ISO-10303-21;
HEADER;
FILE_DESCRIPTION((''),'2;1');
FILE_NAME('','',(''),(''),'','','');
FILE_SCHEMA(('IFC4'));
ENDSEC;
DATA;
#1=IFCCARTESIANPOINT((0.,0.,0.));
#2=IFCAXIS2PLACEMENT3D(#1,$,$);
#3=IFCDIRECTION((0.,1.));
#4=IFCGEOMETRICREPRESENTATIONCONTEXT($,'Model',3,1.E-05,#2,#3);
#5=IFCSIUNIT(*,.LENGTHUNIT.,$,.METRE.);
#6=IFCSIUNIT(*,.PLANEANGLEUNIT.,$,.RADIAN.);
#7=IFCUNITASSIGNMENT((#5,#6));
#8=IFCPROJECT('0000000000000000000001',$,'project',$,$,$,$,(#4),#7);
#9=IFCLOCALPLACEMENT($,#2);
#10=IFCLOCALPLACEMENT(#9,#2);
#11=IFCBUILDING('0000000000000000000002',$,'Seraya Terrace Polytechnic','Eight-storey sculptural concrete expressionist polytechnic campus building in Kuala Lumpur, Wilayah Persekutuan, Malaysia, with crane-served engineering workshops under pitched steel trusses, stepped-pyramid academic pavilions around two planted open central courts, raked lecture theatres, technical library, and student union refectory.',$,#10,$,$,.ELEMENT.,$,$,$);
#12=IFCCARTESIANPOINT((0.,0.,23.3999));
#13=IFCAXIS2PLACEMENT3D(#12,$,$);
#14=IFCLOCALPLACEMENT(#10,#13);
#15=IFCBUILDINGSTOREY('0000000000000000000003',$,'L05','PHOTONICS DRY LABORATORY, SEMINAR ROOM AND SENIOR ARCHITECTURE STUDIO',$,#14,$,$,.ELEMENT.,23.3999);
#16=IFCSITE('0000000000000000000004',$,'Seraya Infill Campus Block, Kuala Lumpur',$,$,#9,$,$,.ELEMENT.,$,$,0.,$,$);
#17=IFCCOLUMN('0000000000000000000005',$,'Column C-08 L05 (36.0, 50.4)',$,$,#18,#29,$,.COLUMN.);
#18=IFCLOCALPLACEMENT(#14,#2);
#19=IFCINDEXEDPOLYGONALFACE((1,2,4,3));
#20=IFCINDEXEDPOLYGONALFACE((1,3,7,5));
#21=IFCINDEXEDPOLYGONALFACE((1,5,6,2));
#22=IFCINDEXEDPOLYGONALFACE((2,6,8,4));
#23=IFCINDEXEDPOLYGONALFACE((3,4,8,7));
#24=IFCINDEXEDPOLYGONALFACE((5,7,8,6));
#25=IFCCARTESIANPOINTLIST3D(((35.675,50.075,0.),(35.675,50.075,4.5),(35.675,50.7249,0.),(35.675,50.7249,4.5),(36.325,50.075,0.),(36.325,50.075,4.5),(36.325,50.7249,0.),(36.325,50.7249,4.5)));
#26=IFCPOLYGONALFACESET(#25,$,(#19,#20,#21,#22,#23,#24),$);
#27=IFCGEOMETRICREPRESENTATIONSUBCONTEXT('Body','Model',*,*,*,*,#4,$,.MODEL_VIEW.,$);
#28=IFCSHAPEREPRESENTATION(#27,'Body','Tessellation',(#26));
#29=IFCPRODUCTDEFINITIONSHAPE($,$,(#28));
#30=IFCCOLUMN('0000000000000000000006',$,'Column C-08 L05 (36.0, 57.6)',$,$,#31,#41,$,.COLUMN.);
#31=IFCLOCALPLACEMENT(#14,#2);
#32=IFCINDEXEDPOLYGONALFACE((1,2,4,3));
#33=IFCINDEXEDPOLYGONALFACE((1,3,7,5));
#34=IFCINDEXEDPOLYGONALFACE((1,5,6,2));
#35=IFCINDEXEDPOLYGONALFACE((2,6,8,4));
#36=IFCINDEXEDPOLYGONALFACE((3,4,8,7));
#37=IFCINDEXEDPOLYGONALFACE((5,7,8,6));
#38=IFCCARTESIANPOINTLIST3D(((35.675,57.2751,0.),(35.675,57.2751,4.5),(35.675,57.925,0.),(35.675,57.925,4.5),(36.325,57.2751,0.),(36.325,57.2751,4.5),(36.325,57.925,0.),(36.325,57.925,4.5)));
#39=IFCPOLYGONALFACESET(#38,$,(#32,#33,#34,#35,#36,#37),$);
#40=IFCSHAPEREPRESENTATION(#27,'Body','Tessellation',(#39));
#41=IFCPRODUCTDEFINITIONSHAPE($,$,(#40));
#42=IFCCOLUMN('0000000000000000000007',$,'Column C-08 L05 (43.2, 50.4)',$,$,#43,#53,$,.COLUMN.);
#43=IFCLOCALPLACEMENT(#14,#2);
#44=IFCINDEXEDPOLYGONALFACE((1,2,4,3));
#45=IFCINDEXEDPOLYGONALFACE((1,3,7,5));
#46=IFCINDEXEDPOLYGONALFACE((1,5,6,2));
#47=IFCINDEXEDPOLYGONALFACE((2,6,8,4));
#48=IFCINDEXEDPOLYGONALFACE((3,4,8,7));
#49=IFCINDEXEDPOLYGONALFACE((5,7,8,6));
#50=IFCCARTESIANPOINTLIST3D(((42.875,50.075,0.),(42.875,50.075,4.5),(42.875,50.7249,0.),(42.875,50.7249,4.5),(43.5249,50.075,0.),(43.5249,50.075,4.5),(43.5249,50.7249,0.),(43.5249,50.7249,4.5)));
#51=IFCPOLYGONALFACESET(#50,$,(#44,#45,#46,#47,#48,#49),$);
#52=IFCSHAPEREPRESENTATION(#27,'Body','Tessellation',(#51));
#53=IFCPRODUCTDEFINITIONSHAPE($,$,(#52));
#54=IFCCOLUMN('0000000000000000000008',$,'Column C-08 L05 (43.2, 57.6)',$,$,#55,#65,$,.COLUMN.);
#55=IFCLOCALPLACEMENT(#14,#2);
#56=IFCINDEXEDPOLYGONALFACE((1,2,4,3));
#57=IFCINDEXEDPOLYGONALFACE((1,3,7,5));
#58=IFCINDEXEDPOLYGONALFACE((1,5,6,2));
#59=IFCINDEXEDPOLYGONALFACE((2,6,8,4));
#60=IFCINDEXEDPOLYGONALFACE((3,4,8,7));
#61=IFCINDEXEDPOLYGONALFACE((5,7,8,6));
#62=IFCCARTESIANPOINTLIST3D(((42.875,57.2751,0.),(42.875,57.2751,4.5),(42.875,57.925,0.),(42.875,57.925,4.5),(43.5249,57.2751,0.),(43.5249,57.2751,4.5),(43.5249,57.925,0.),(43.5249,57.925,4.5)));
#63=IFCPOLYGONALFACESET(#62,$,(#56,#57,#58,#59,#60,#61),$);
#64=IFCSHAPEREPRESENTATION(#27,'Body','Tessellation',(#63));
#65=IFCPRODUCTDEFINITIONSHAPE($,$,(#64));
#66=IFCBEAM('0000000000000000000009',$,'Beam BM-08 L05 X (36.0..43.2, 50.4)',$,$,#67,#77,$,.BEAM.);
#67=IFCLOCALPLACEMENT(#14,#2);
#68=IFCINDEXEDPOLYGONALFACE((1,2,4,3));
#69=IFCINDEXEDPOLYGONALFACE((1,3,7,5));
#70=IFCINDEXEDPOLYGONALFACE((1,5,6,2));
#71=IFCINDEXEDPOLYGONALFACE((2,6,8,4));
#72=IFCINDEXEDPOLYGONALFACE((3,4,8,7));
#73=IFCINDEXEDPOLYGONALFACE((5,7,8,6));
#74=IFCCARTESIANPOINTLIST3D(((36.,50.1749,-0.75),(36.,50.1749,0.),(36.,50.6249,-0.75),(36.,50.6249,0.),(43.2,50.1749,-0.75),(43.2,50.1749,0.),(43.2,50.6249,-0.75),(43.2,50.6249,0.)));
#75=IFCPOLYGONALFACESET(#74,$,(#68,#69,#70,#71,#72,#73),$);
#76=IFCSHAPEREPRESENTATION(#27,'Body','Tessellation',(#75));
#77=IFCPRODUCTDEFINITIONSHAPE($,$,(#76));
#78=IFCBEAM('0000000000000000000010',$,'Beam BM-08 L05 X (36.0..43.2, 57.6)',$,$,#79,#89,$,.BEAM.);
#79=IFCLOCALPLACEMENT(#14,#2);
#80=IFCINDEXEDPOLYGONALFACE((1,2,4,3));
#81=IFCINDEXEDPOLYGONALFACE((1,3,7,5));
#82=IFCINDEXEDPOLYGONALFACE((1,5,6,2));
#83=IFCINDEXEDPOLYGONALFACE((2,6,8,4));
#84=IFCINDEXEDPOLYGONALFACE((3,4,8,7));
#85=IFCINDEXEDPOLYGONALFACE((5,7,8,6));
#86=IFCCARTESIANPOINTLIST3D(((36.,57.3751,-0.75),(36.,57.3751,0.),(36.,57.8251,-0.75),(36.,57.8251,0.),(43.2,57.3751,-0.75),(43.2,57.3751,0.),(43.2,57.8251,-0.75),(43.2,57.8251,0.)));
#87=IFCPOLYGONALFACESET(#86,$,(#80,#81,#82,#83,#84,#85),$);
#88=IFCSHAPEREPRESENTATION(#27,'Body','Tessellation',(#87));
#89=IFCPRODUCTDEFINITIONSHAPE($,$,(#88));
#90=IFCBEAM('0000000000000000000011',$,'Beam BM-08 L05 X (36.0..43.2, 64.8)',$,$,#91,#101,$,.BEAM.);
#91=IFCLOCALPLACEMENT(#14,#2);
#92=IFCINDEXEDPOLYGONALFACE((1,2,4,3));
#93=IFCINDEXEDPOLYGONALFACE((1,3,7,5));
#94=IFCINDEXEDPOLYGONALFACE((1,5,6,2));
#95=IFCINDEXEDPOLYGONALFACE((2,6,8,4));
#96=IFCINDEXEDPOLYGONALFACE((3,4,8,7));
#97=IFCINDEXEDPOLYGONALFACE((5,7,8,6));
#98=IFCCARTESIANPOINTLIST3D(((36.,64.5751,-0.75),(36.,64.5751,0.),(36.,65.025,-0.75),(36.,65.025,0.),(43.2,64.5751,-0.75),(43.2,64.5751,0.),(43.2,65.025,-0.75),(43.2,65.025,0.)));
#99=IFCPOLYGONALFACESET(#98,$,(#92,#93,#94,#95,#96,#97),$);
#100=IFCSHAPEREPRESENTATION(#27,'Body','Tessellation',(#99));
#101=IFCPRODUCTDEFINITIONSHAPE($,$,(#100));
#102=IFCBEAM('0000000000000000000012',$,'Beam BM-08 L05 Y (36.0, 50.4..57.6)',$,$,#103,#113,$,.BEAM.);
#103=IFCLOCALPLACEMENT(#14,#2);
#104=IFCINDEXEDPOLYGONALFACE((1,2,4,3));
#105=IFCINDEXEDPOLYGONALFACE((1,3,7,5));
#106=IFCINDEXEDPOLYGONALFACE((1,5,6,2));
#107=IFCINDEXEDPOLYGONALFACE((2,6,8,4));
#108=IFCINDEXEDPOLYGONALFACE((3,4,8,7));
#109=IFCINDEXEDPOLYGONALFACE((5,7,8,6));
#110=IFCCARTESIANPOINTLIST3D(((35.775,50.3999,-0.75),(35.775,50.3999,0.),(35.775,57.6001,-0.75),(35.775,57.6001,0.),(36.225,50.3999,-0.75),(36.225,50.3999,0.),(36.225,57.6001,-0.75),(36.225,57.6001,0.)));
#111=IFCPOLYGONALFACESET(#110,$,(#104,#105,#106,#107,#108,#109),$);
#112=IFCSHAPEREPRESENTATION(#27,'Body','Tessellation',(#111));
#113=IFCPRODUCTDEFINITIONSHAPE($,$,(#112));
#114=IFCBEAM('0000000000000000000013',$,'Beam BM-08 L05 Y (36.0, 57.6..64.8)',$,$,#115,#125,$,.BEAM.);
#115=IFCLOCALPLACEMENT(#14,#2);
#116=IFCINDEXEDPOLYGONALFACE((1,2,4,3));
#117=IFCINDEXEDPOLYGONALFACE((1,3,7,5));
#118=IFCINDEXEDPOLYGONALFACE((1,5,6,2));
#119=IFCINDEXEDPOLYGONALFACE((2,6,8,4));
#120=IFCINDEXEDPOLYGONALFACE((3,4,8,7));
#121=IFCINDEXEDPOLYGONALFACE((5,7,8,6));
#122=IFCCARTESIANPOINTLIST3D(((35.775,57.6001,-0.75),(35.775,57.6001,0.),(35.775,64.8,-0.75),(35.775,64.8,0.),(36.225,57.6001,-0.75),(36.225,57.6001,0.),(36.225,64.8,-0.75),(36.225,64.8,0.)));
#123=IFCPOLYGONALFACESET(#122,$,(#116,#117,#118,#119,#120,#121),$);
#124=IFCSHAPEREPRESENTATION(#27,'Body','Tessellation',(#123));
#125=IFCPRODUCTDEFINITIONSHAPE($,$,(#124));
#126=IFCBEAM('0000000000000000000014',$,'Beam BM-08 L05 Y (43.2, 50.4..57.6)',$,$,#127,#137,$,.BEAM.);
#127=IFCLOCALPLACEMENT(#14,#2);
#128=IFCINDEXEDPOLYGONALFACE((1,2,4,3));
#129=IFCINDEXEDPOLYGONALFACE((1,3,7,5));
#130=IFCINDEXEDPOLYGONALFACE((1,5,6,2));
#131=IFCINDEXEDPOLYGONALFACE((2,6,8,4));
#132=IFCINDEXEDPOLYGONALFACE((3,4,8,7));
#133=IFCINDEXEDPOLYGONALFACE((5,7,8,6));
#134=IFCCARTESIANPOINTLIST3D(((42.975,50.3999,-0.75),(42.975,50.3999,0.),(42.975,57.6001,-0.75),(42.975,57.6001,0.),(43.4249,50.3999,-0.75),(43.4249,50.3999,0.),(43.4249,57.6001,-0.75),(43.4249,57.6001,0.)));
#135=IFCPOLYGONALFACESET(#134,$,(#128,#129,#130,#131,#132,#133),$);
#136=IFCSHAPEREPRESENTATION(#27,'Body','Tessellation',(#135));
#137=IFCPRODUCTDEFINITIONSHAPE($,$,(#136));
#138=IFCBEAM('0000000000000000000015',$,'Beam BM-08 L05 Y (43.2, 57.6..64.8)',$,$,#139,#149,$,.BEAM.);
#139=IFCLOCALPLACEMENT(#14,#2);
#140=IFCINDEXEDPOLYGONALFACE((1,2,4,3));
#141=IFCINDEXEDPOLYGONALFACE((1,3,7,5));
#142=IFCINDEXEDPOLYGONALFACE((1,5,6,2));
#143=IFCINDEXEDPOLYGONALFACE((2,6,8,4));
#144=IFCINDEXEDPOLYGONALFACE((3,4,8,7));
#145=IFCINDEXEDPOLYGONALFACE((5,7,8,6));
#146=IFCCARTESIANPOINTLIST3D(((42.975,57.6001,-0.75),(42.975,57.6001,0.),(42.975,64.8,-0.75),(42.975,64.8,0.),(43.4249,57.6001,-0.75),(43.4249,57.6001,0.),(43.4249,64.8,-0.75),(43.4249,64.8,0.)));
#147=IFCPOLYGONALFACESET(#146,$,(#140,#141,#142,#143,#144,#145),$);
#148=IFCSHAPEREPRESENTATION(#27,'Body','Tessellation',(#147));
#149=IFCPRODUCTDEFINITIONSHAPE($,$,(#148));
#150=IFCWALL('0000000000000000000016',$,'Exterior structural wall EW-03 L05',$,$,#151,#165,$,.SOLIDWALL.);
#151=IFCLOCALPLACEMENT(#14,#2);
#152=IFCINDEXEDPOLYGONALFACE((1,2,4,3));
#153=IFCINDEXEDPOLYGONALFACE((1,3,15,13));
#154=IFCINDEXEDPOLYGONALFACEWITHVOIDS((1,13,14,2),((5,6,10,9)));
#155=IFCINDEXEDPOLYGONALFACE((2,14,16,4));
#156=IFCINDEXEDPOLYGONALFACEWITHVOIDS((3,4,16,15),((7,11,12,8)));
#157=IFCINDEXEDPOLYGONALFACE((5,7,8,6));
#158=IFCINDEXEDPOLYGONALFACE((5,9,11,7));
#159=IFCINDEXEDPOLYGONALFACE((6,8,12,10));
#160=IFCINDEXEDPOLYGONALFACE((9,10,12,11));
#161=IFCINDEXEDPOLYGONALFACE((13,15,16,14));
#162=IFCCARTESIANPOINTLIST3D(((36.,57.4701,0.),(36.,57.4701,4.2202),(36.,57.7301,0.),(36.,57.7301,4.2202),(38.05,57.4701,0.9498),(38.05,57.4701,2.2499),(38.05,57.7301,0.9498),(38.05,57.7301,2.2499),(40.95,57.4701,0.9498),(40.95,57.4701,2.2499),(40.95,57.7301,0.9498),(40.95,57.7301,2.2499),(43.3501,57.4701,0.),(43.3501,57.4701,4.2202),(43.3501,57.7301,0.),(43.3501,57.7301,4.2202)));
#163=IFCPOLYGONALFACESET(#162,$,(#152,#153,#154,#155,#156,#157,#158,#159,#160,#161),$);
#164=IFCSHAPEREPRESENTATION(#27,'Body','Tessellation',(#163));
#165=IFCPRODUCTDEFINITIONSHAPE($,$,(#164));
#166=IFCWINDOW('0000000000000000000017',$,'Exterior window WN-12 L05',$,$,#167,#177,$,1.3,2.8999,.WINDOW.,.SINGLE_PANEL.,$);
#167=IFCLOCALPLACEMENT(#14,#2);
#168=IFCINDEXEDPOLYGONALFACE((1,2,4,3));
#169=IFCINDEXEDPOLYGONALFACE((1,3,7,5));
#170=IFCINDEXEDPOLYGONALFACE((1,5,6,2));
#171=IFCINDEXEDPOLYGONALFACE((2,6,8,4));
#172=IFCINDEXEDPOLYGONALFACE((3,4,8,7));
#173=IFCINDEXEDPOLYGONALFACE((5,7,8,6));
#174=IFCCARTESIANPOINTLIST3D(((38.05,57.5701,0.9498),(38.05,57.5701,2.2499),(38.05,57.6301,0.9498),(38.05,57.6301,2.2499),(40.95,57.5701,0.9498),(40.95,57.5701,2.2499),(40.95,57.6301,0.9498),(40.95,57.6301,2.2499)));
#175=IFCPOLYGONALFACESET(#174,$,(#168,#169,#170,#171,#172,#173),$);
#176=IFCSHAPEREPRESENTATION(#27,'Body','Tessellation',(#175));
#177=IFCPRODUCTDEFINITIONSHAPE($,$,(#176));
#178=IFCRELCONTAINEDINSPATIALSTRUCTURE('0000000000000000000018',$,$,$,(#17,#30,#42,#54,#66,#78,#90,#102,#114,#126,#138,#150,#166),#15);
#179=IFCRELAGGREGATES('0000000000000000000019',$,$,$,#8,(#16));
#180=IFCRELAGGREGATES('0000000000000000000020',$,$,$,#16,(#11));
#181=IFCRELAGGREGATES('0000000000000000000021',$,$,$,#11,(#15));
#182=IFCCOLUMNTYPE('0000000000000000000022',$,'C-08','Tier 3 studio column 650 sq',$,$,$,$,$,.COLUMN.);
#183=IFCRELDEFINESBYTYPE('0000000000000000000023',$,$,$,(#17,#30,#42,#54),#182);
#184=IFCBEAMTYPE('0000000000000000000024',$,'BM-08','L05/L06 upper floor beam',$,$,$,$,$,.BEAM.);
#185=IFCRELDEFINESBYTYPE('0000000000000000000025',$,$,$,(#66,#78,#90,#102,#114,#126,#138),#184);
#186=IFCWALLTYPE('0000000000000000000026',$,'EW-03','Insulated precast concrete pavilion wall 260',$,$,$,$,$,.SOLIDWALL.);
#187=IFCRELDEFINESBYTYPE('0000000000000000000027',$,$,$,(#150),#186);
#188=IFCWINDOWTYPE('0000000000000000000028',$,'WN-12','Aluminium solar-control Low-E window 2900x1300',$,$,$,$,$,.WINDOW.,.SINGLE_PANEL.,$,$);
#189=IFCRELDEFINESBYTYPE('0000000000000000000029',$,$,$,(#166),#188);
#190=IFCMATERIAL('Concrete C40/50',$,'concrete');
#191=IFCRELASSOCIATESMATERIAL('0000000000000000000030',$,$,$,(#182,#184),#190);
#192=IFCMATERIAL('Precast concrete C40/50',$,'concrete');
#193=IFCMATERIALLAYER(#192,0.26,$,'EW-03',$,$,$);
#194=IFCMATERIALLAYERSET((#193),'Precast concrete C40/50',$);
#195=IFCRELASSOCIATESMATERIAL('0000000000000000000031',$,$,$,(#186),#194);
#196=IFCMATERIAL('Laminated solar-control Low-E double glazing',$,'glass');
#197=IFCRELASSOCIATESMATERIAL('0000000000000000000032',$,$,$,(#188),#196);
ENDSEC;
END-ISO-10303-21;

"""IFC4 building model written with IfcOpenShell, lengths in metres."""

from ifc_helpers import new_model, si_unit, direction, frame, frame_2d, origin, origin_2d, place, context, subcontext, project, spatial, rectangle, extrude, material, layer, layer_set, material_profile, profile_set, type_object, element, fill, save


model = new_model("IFC4")

# Units and contexts
model_context = context("Model", 3, precision=1e-05, world=origin(), true_north=direction((0.0, 1.0)))
body_context = subcontext(model_context, "Body", "Model", "MODEL_VIEW")
ifc_project = project(units=[si_unit("LENGTHUNIT", "METRE"), si_unit("PLANEANGLEUNIT", "RADIAN")], contexts=[model_context])

# Site, building, storey
site_placement = place(None, origin())
site = spatial("IfcSite", under=ifc_project, at=site_placement, Name="Seraya Infill Campus Block, Kuala Lumpur", CompositionType="ELEMENT", RefElevation=0.0)
building_placement = place(site_placement, origin())
building = spatial("IfcBuilding", under=site, at=building_placement, Name="Seraya Terrace Polytechnic", Description="Eight-storey sculptural concrete expressionist polytechnic campus building in Kuala Lumpur, Wilayah Persekutuan, Malaysia, with crane-served engineering workshops under pitched steel trusses, stepped-pyramid academic pavilions around two planted open central courts, raked lecture theatres, technical library, and student union refectory.", CompositionType="ELEMENT")
storey_placement = place(building_placement, frame((0.0, 0.0, 23.3999)))
storey = spatial("IfcBuildingStorey", under=building, at=storey_placement, Name="L05", Description="PHOTONICS DRY LABORATORY, SEMINAR ROOM AND SENIOR ARCHITECTURE STUDIO", CompositionType="ELEMENT", Elevation=23.3999)

# Columns
ifc_material_1 = material(Name="Concrete C40/50", Category="concrete")
ifc_material_profile_1 = material_profile(ifc_material_1, rectangle(XDim=0.6499, YDim=0.6499, at=origin_2d()), Name="RC 650x650")
ifc_profile_set_1 = profile_set([ifc_material_profile_1], Name="Concrete C40/50")
column_type = type_object("IfcColumnType", Name="C-08", Description="Tier 3 studio column 650 sq", PredefinedType="COLUMN", material=ifc_profile_set_1)
for number, where, z_axis, x_axis, name in (
    (1, (36.0, 50.3999, 0.0), (0.0, 0.0, 1.0), (1.0, 0.0, 0.0), "Column C-08 L05 (36.0, 50.4)"),
    (2, (36.0, 57.6001, 0.0), (0.0, 0.0, 1.0), (1.0, 0.0, 0.0), "Column C-08 L05 (36.0, 57.6)"),
    (3, (43.2, 50.3999, 0.0), (0.0, 0.0, 1.0), (1.0, 0.0, 0.0), "Column C-08 L05 (43.2, 50.4)"),
    (4, (43.2, 57.6001, 0.0), (0.0, 0.0, 1.0), (1.0, 0.0, 0.0), "Column C-08 L05 (43.2, 57.6)"),
):
    element("IfcColumn", number, at=place(storey_placement, frame(where, z_axis=z_axis, x_axis=x_axis)), inside=storey, type_object=column_type, Name=name, PredefinedType="COLUMN", context=body_context, shape_type="SweptSolid", body=[
        extrude(rectangle(XDim=0.6499, YDim=0.6499, at=origin_2d()), origin(), (0.0, 0.0, 1.0), 4.5),
    ])

# Beams
ifc_material_profile_2 = material_profile(ifc_material_1, rectangle(XDim=0.45, YDim=0.75, at=origin_2d()), Name="RC 450x750")
ifc_profile_set_2 = profile_set([ifc_material_profile_2], Name="Concrete C40/50")
beam_type = type_object("IfcBeamType", Name="BM-08", Description="L05/L06 upper floor beam", PredefinedType="BEAM", material=ifc_profile_set_2)
for number, where, z_axis, x_axis, name in (
    (5, (36.0, 50.3999, -0.375), (1.0, 0.0, 0.0), (0.0, 1.0, 0.0), "Beam BM-08 L05 X (36.0..43.2, 50.4)"),
    (6, (36.0, 57.6001, -0.375), (1.0, 0.0, 0.0), (0.0, 1.0, 0.0), "Beam BM-08 L05 X (36.0..43.2, 57.6)"),
    (7, (36.0, 64.8, -0.375), (1.0, 0.0, 0.0), (0.0, 1.0, 0.0), "Beam BM-08 L05 X (36.0..43.2, 64.8)"),
):
    element("IfcBeam", number, at=place(storey_placement, frame(where, z_axis=z_axis, x_axis=x_axis)), inside=storey, type_object=beam_type, Name=name, PredefinedType="BEAM", context=body_context, shape_type="SweptSolid", body=[
        extrude(rectangle(XDim=0.45, YDim=0.75, at=origin_2d()), origin(), (0.0, 0.0, 1.0), 7.2),
    ])
beam_1_placement = place(storey_placement, frame((36.0, 50.3999, -0.375), z_axis=(0.0, 1.0, 0.0), x_axis=(-1.0, 0.0, 0.0)))
element("IfcBeam", 8, at=beam_1_placement, inside=storey, type_object=beam_type, Name="Beam BM-08 L05 Y (36.0, 50.4..57.6)", PredefinedType="BEAM", context=body_context, shape_type="SweptSolid", body=[
    extrude(rectangle(XDim=0.45, YDim=0.75, at=origin_2d()), origin(), (0.0, 0.0, 1.0), 7.2002),
])
beam_2_placement = place(storey_placement, frame((36.0, 57.6001, -0.375), z_axis=(0.0, 1.0, 0.0), x_axis=(-1.0, 0.0, 0.0)))
element("IfcBeam", 9, at=beam_2_placement, inside=storey, type_object=beam_type, Name="Beam BM-08 L05 Y (36.0, 57.6..64.8)", PredefinedType="BEAM", context=body_context, shape_type="SweptSolid", body=[
    extrude(rectangle(XDim=0.45, YDim=0.75, at=origin_2d()), origin(), (0.0, 0.0, 1.0), 7.2),
])
beam_3_placement = place(storey_placement, frame((43.2, 50.3999, -0.375), z_axis=(0.0, 1.0, 0.0), x_axis=(-1.0, 0.0, 0.0)))
element("IfcBeam", 10, at=beam_3_placement, inside=storey, type_object=beam_type, Name="Beam BM-08 L05 Y (43.2, 50.4..57.6)", PredefinedType="BEAM", context=body_context, shape_type="SweptSolid", body=[
    extrude(rectangle(XDim=0.45, YDim=0.75, at=origin_2d()), origin(), (0.0, 0.0, 1.0), 7.2002),
])
beam_4_placement = place(storey_placement, frame((43.2, 57.6001, -0.375), z_axis=(0.0, 1.0, 0.0), x_axis=(-1.0, 0.0, 0.0)))
element("IfcBeam", 11, at=beam_4_placement, inside=storey, type_object=beam_type, Name="Beam BM-08 L05 Y (43.2, 57.6..64.8)", PredefinedType="BEAM", context=body_context, shape_type="SweptSolid", body=[
    extrude(rectangle(XDim=0.45, YDim=0.75, at=origin_2d()), origin(), (0.0, 0.0, 1.0), 7.2),
])

# Wall, opening, window
ifc_material_2 = material(Name="Precast concrete C40/50", Category="concrete")
ifc_layer_1 = layer(ifc_material_2, 0.26, Name="EW-03")
ifc_layer_set_1 = layer_set([ifc_layer_1], Name="Precast concrete C40/50")
wall_type_1 = type_object("IfcWallType", Name="EW-03", Description="Insulated precast concrete pavilion wall 260", PredefinedType="SOLIDWALL", material=ifc_layer_set_1)
wall_1_placement = place(storey_placement, frame((36.0, 57.6001, 0.0), z_axis=(0.0, 0.0, 1.0), x_axis=(1.0, 0.0, 0.0)))
wall_1 = element("IfcWall", 12, at=wall_1_placement, inside=storey, type_object=wall_type_1, Name="Exterior structural wall EW-03 L05", PredefinedType="SOLIDWALL", context=body_context, shape_type="SweptSolid", body=[
    extrude(rectangle(XDim=7.3501, YDim=0.26, at=frame_2d((3.675, 0.0))), origin(), (0.0, 0.0, 1.0), 4.2202),
])
opening_1_placement = place(wall_1_placement, frame((2.05, 0.0, 0.95)))
opening_1 = element("IfcOpeningElement", 13, at=opening_1_placement, cuts=wall_1, PredefinedType="OPENING", context=body_context, shape_type="SweptSolid", body=[
    extrude(rectangle(XDim=2.8999, YDim=1.3, at=frame_2d((1.45, 0.6499))), frame((0.0, 0.1421, 0.0), z_axis=(0.0, -1.0, 0.0), x_axis=(1.0, 0.0, 0.0)), (0.0, 0.0, 1.0), 0.2839),
])
ifc_material_3 = material(Name="Laminated solar-control Low-E double glazing", Category="glass")
window_type_1 = type_object("IfcWindowType", Name="WN-12", Description="Aluminium solar-control Low-E window 2900x1300", PartitioningType="SINGLE_PANEL", PredefinedType="WINDOW", material=ifc_material_3)
window_1_placement = place(opening_1_placement, origin())
window_1 = element("IfcWindow", 14, at=window_1_placement, inside=storey, type_object=window_type_1, Name="Exterior window WN-12 L05", OverallHeight=1.3, OverallWidth=2.8999, PartitioningType="SINGLE_PANEL", PredefinedType="WINDOW", context=body_context, shape_type="SweptSolid", body=[
    extrude(rectangle(XDim=2.8999, YDim=1.3, at=frame_2d((1.45, 0.6499))), frame((0.0, 0.03, 0.0), z_axis=(0.0, -1.0, 0.0), x_axis=(1.0, 0.0, 0.0)), (0.0, 0.0, 1.0), 0.0601),
])
fill(opening_1, window_1)

save(model, "model.ifc")
